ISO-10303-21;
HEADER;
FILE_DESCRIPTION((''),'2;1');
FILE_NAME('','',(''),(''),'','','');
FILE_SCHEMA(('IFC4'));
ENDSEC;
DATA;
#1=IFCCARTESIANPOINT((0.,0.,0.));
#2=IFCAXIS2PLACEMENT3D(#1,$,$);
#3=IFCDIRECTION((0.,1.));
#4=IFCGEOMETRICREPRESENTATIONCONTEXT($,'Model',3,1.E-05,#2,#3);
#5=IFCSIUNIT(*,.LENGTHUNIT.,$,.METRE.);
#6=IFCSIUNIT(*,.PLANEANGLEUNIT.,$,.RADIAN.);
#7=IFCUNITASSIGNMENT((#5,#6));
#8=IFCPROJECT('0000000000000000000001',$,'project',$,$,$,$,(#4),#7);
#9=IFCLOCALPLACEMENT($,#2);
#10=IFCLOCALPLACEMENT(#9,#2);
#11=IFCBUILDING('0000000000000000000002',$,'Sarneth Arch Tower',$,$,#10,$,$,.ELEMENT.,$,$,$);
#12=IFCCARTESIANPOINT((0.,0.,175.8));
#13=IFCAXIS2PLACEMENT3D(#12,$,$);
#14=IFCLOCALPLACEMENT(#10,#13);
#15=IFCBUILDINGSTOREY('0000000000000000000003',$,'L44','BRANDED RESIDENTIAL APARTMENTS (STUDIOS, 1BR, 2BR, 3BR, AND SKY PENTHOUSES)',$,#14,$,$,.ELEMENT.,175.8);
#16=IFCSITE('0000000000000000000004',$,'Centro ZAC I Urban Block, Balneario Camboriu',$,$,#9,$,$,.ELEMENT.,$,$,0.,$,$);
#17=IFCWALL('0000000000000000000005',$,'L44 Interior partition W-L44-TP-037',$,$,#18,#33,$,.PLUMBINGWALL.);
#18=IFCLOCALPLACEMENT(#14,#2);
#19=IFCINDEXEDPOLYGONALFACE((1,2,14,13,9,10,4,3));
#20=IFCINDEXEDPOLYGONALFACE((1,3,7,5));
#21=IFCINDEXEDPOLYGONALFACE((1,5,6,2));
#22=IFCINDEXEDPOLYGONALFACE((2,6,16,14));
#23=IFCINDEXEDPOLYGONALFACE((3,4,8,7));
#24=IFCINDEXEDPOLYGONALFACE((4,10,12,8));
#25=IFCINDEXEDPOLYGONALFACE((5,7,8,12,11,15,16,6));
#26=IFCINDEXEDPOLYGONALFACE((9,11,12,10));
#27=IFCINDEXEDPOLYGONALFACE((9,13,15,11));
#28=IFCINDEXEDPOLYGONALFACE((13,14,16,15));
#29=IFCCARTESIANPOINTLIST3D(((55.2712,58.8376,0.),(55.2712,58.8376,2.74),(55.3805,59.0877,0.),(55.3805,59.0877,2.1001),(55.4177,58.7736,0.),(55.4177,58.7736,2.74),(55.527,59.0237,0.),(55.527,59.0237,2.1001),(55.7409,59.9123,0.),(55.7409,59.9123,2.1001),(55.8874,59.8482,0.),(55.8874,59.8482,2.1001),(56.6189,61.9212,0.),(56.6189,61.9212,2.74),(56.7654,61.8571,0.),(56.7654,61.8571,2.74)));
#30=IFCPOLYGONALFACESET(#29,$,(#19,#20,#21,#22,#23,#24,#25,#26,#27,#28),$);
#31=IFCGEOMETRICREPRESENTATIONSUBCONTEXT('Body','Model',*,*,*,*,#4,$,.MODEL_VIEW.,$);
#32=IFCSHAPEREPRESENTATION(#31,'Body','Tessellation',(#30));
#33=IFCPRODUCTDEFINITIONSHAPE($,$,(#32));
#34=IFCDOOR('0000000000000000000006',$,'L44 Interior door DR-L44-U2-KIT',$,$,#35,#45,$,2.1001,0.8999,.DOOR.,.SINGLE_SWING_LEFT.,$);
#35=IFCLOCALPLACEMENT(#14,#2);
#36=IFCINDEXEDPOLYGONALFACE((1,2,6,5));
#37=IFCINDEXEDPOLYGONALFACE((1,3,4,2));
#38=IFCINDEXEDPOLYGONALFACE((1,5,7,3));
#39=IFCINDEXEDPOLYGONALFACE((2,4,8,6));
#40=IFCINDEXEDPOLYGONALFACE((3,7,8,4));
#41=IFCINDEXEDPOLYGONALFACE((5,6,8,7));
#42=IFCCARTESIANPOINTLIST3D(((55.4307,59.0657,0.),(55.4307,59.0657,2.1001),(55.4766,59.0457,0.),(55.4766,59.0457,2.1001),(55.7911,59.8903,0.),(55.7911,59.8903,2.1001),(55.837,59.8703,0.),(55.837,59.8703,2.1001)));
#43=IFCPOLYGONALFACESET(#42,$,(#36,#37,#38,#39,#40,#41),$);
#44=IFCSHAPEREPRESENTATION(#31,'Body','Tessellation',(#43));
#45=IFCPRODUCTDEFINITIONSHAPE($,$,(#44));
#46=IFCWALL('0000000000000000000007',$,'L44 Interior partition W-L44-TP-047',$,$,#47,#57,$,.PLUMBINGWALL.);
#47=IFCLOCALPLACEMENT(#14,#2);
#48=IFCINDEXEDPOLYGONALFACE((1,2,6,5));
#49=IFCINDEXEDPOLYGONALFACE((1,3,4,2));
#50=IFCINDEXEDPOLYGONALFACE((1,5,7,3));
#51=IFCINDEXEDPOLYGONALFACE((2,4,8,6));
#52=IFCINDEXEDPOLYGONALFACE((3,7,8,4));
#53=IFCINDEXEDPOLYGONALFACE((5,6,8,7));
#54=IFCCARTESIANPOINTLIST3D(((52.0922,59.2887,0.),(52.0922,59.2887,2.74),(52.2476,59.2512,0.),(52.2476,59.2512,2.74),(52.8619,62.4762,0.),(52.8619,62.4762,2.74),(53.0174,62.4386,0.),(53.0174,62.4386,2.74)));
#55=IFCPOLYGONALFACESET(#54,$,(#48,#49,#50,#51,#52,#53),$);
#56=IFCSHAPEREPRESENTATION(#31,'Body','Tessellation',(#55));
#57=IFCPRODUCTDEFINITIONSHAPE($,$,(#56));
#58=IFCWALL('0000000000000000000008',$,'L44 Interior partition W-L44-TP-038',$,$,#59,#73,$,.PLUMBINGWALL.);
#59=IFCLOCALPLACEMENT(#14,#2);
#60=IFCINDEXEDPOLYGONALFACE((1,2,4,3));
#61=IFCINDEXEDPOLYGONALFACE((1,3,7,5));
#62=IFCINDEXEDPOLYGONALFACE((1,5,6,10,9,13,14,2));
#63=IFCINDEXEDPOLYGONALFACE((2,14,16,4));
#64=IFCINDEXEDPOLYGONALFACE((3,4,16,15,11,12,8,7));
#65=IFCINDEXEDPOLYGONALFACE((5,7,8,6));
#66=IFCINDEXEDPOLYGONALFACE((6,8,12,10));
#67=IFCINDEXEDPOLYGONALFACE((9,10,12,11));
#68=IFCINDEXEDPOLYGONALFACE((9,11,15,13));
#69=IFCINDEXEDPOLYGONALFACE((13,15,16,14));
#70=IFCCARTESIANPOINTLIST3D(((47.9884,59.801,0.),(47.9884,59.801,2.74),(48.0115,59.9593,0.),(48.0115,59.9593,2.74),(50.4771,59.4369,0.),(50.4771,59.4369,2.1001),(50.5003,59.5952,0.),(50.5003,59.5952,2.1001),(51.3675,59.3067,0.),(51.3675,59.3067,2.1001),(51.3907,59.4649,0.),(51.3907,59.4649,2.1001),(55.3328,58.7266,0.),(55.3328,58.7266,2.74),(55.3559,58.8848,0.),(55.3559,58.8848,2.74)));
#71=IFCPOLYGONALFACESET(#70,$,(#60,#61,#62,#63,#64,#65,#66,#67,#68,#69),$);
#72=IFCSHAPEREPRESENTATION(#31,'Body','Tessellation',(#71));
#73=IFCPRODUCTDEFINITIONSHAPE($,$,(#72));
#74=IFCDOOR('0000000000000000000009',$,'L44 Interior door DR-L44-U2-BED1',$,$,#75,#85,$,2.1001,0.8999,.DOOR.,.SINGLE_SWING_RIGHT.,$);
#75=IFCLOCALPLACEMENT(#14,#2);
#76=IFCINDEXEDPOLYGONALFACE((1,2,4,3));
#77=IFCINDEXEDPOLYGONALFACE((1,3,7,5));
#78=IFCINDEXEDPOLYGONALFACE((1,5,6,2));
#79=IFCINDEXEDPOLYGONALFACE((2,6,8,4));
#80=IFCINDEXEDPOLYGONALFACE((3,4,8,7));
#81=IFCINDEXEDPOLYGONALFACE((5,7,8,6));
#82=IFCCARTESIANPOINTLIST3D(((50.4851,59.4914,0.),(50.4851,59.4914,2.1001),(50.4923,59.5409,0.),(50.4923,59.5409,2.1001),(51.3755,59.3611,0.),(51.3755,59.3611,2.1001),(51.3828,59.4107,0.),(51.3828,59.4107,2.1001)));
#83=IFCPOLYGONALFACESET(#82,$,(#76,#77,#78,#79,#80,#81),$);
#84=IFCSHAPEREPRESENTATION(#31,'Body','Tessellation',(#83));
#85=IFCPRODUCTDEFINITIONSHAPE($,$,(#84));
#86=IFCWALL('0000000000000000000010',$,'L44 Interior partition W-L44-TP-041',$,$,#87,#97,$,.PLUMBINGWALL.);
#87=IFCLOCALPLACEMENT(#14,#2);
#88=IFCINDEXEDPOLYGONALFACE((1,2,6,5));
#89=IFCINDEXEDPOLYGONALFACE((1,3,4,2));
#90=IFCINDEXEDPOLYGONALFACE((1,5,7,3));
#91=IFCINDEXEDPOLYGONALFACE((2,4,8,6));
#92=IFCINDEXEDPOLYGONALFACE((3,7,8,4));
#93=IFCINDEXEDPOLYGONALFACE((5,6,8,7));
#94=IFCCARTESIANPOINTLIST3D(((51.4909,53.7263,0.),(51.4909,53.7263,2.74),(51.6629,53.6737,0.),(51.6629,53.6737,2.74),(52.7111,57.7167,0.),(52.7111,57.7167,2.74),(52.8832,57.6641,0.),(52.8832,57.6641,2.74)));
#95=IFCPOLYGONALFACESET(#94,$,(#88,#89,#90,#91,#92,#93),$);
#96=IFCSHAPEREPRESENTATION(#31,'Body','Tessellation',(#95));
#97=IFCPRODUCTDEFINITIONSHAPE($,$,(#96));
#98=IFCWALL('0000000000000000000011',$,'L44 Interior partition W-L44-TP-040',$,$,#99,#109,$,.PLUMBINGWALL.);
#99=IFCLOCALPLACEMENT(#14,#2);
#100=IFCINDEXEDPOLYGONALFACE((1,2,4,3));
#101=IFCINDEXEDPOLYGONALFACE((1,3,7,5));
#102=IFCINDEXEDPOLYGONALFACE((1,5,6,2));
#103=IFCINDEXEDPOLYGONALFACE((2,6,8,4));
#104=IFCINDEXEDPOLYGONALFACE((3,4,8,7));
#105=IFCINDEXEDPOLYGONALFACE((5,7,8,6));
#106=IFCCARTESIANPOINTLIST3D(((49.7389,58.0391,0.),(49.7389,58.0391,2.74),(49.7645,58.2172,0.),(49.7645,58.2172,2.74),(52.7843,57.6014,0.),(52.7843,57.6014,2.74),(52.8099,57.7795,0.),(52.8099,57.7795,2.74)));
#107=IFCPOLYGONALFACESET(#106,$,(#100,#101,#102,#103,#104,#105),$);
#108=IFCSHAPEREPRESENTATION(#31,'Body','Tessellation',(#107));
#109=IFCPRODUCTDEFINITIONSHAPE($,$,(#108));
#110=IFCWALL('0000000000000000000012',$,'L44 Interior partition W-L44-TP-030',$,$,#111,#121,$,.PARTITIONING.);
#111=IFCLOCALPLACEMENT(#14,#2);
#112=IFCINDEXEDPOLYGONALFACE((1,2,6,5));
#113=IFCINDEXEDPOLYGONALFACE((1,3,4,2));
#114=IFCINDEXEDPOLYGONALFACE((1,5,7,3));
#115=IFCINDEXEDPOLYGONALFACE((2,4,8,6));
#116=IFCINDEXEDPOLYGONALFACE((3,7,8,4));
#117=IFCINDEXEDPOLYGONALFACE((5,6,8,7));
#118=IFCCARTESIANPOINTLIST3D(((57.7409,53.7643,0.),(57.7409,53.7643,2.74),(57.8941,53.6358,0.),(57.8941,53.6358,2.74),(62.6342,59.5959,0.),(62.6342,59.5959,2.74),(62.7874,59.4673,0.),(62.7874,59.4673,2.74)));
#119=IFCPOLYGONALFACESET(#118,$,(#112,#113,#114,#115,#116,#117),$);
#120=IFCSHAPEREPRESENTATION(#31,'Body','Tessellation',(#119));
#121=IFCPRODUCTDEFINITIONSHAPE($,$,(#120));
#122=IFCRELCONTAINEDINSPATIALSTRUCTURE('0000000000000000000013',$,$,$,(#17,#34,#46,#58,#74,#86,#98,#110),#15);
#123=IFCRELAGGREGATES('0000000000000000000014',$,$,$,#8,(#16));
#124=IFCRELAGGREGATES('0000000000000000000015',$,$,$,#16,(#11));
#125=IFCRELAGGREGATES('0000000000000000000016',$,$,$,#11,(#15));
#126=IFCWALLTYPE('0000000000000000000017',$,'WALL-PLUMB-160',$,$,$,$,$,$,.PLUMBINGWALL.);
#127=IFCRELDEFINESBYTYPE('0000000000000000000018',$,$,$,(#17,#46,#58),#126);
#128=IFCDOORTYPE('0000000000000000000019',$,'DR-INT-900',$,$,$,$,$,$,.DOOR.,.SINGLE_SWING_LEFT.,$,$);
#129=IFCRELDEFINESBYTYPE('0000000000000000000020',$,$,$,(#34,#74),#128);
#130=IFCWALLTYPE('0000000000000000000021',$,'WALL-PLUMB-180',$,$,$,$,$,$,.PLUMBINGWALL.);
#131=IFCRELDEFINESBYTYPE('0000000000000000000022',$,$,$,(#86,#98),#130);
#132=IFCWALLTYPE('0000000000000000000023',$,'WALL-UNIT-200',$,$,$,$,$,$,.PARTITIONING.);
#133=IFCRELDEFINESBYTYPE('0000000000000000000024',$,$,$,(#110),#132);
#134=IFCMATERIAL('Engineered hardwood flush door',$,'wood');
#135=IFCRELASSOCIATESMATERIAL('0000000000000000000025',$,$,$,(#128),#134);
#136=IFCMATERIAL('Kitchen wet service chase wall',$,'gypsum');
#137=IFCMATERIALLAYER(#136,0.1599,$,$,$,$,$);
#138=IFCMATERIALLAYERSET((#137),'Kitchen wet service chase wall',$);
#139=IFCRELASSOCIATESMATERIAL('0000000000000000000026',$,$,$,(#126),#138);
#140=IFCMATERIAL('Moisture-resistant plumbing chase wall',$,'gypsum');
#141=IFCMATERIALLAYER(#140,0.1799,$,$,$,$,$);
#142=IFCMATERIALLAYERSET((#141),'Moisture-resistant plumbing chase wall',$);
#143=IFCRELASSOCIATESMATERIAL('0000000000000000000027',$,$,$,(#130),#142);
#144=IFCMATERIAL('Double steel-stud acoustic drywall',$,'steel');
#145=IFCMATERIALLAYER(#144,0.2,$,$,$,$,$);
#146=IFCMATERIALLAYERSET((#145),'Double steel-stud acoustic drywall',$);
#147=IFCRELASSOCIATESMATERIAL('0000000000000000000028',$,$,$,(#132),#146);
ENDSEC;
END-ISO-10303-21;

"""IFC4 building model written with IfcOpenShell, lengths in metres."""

from ifc_helpers import new_model, si_unit, direction, frame, frame_2d, origin, place, context, subcontext, project, spatial, rectangle, extrude, material, layer, layer_set, type_object, element, fill, save


model = new_model("IFC4")

# Units and contexts
model_context = context("Model", 3, precision=1e-05, world=origin(), true_north=direction((0.0, 1.0)))
body_context = subcontext(model_context, "Body", "Model", "MODEL_VIEW")
ifc_project = project(units=[si_unit("LENGTHUNIT", "METRE"), si_unit("PLANEANGLEUNIT", "RADIAN")], contexts=[model_context])

# Site, building, storey
site_placement = place(None, origin())
site = spatial("IfcSite", under=ifc_project, at=site_placement, Name="Centro ZAC I Urban Block, Balneario Camboriu", CompositionType="ELEMENT", RefElevation=0.0)
building_placement = place(site_placement, origin())
building = spatial("IfcBuilding", under=site, at=building_placement, Name="Sarneth Arch Tower", CompositionType="ELEMENT")
storey_placement = place(building_placement, frame((0.0, 0.0, 175.8)))
storey = spatial("IfcBuildingStorey", under=building, at=storey_placement, Name="L44", Description="BRANDED RESIDENTIAL APARTMENTS (STUDIOS, 1BR, 2BR, 3BR, AND SKY PENTHOUSES)", CompositionType="ELEMENT", Elevation=175.8)

# Shared definitions
ifc_material_1 = material(Name="Engineered hardwood flush door", Category="wood")
door_type_1 = type_object("IfcDoorType", Name="DR-INT-900", OperationType="SINGLE_SWING_LEFT", PredefinedType="DOOR", material=ifc_material_1)

# Wall, opening, door
ifc_material_2 = material(Name="Kitchen wet service chase wall", Category="gypsum")
ifc_layer_1 = layer(ifc_material_2, 0.1599)
ifc_layer_set_1 = layer_set([ifc_layer_1], Name="Kitchen wet service chase wall")
wall_type_1 = type_object("IfcWallType", Name="WALL-PLUMB-160", PredefinedType="PLUMBINGWALL", material=ifc_layer_set_1)
wall_1_placement = place(storey_placement, frame((56.6921, 61.8892, 0.0), z_axis=(0.0, 0.0, 1.0), x_axis=(-0.400476, -0.916307, 0.0)))
wall_1 = element("IfcWall", 1, at=wall_1_placement, inside=storey, type_object=wall_type_1, Name="L44 Interior partition W-L44-TP-037", PredefinedType="PLUMBINGWALL", context=body_context, shape_type="SweptSolid", body=[
    extrude(rectangle(XDim=3.3652, YDim=0.1599, at=frame_2d((1.6826, 0.0))), origin(), (0.0, 0.0, 1.0), 2.74),
])
opening_1_placement = place(wall_1_placement, frame((2.1924, 0.0, 0.0)))
opening_1 = element("IfcOpeningElement", 2, at=opening_1_placement, cuts=wall_1, PredefinedType="OPENING", context=body_context, shape_type="SweptSolid", body=[
    extrude(rectangle(XDim=0.8999, YDim=2.1001, at=frame_2d((0.45, 1.05))), frame((0.0, 0.0898, 0.0), z_axis=(0.0, -1.0, 0.0), x_axis=(1.0, 0.0, 0.0)), (0.0, 0.0, 1.0), 0.1799),
])
door_1_placement = place(opening_1_placement, origin())
door_1 = element("IfcDoor", 3, at=door_1_placement, inside=storey, type_object=door_type_1, Name="L44 Interior door DR-L44-U2-KIT", OperationType="SINGLE_SWING_LEFT", OverallHeight=2.1001, OverallWidth=0.8999, PredefinedType="DOOR", context=body_context, shape_type="SweptSolid", body=[
    extrude(rectangle(XDim=0.8999, YDim=2.1001, at=frame_2d((0.45, 1.05))), frame((0.0, 0.0249, 0.0), z_axis=(0.0, -1.0, 0.0), x_axis=(1.0, 0.0, 0.0)), (0.0, 0.0, 1.0), 0.05),
])
fill(opening_1, door_1)

# Wall
wall_2_placement = place(storey_placement, frame((52.9397, 62.4575, 0.0), z_axis=(0.0, 0.0, 1.0), x_axis=(-0.23475, -0.972056, 0.0)))
element("IfcWall", 4, at=wall_2_placement, inside=storey, type_object=wall_type_1, Name="L44 Interior partition W-L44-TP-047", PredefinedType="PLUMBINGWALL", context=body_context, shape_type="SweptSolid", body=[
    extrude(rectangle(XDim=3.2791, YDim=0.1599, at=frame_2d((1.6396, 0.0))), origin(), (0.0, 0.0, 1.0), 2.74),
])

# Wall, opening, door
wall_3_placement = place(storey_placement, frame((55.3445, 58.8057, 0.0), z_axis=(0.0, 0.0, 1.0), x_axis=(-0.989468, 0.144754, 0.0)))
wall_3 = element("IfcWall", 5, at=wall_3_placement, inside=storey, type_object=wall_type_1, Name="L44 Interior partition W-L44-TP-038", PredefinedType="PLUMBINGWALL", context=body_context, shape_type="SweptSolid", body=[
    extrude(rectangle(XDim=7.4226, YDim=0.1599, at=frame_2d((3.7114, 0.0))), origin(), (0.0, 0.0, 1.0), 2.74),
])
opening_2_placement = place(wall_3_placement, frame((4.0076, 0.0, 0.0)))
opening_2 = element("IfcOpeningElement", 6, at=opening_2_placement, cuts=wall_3, PredefinedType="OPENING", context=body_context, shape_type="SweptSolid", body=[
    extrude(rectangle(XDim=0.8999, YDim=2.1001, at=frame_2d((0.45, 1.05))), frame((0.0, 0.0898, 0.0), z_axis=(0.0, -1.0, 0.0), x_axis=(1.0, 0.0, 0.0)), (0.0, 0.0, 1.0), 0.1799),
])
door_2_placement = place(opening_2_placement, origin())
door_2 = element("IfcDoor", 7, at=door_2_placement, inside=storey, type_object=door_type_1, Name="L44 Interior door DR-L44-U2-BED1", OperationType="SINGLE_SWING_RIGHT", OverallHeight=2.1001, OverallWidth=0.8999, PredefinedType="DOOR", context=body_context, shape_type="SweptSolid", body=[
    extrude(rectangle(XDim=0.8999, YDim=2.1001, at=frame_2d((0.45, 1.05))), frame((0.0, 0.0249, 0.0), z_axis=(0.0, -1.0, 0.0), x_axis=(1.0, 0.0, 0.0)), (0.0, 0.0, 1.0), 0.05),
])
fill(opening_2, door_2)

# Walls
ifc_material_3 = material(Name="Moisture-resistant plumbing chase wall", Category="gypsum")
ifc_layer_2 = layer(ifc_material_3, 0.1799)
ifc_layer_set_2 = layer_set([ifc_layer_2], Name="Moisture-resistant plumbing chase wall")
wall_type_2 = type_object("IfcWallType", Name="WALL-PLUMB-180", PredefinedType="PLUMBINGWALL", material=ifc_layer_set_2)
wall_4_placement = place(storey_placement, frame((52.7971, 57.6904, 0.0), z_axis=(0.0, 0.0, 1.0), x_axis=(-0.292416, -0.956291, 0.0)))
element("IfcWall", 8, at=wall_4_placement, inside=storey, type_object=wall_type_2, Name="L44 Interior partition W-L44-TP-041", PredefinedType="PLUMBINGWALL", context=body_context, shape_type="SweptSolid", body=[
    extrude(rectangle(XDim=4.1729, YDim=0.1799, at=frame_2d((2.0864, 0.0))), origin(), (0.0, 0.0, 1.0), 2.74),
])
wall_5_placement = place(storey_placement, frame((49.7517, 58.1282, 0.0), z_axis=(0.0, 0.0, 1.0), x_axis=(0.989827, -0.142277, 0.0)))
element("IfcWall", 9, at=wall_5_placement, inside=storey, type_object=wall_type_2, Name="L44 Interior partition W-L44-TP-040", PredefinedType="PLUMBINGWALL", context=body_context, shape_type="SweptSolid", body=[
    extrude(rectangle(XDim=3.0767, YDim=0.1799, at=frame_2d((1.5383, 0.0))), origin(), (0.0, 0.0, 1.0), 2.74),
])
ifc_material_4 = material(Name="Double steel-stud acoustic drywall", Category="steel")
ifc_layer_3 = layer(ifc_material_4, 0.2)
ifc_layer_set_3 = layer_set([ifc_layer_3], Name="Double steel-stud acoustic drywall")
wall_type_3 = type_object("IfcWallType", Name="WALL-UNIT-200", PredefinedType="PARTITIONING", material=ifc_layer_set_3)
wall_6_placement = place(storey_placement, frame((62.7107, 59.5315, 0.0), z_axis=(0.0, 0.0, 1.0), x_axis=(-0.642793, -0.76604, 0.0)))
element("IfcWall", 10, at=wall_6_placement, inside=storey, type_object=wall_type_3, Name="L44 Interior partition W-L44-TP-030", PredefinedType="PARTITIONING", context=body_context, shape_type="SweptSolid", body=[
    extrude(rectangle(XDim=7.6125, YDim=0.2, at=frame_2d((3.8062, 0.0))), origin(), (0.0, 0.0, 1.0), 2.74),
])

save(model, "model.ifc")
